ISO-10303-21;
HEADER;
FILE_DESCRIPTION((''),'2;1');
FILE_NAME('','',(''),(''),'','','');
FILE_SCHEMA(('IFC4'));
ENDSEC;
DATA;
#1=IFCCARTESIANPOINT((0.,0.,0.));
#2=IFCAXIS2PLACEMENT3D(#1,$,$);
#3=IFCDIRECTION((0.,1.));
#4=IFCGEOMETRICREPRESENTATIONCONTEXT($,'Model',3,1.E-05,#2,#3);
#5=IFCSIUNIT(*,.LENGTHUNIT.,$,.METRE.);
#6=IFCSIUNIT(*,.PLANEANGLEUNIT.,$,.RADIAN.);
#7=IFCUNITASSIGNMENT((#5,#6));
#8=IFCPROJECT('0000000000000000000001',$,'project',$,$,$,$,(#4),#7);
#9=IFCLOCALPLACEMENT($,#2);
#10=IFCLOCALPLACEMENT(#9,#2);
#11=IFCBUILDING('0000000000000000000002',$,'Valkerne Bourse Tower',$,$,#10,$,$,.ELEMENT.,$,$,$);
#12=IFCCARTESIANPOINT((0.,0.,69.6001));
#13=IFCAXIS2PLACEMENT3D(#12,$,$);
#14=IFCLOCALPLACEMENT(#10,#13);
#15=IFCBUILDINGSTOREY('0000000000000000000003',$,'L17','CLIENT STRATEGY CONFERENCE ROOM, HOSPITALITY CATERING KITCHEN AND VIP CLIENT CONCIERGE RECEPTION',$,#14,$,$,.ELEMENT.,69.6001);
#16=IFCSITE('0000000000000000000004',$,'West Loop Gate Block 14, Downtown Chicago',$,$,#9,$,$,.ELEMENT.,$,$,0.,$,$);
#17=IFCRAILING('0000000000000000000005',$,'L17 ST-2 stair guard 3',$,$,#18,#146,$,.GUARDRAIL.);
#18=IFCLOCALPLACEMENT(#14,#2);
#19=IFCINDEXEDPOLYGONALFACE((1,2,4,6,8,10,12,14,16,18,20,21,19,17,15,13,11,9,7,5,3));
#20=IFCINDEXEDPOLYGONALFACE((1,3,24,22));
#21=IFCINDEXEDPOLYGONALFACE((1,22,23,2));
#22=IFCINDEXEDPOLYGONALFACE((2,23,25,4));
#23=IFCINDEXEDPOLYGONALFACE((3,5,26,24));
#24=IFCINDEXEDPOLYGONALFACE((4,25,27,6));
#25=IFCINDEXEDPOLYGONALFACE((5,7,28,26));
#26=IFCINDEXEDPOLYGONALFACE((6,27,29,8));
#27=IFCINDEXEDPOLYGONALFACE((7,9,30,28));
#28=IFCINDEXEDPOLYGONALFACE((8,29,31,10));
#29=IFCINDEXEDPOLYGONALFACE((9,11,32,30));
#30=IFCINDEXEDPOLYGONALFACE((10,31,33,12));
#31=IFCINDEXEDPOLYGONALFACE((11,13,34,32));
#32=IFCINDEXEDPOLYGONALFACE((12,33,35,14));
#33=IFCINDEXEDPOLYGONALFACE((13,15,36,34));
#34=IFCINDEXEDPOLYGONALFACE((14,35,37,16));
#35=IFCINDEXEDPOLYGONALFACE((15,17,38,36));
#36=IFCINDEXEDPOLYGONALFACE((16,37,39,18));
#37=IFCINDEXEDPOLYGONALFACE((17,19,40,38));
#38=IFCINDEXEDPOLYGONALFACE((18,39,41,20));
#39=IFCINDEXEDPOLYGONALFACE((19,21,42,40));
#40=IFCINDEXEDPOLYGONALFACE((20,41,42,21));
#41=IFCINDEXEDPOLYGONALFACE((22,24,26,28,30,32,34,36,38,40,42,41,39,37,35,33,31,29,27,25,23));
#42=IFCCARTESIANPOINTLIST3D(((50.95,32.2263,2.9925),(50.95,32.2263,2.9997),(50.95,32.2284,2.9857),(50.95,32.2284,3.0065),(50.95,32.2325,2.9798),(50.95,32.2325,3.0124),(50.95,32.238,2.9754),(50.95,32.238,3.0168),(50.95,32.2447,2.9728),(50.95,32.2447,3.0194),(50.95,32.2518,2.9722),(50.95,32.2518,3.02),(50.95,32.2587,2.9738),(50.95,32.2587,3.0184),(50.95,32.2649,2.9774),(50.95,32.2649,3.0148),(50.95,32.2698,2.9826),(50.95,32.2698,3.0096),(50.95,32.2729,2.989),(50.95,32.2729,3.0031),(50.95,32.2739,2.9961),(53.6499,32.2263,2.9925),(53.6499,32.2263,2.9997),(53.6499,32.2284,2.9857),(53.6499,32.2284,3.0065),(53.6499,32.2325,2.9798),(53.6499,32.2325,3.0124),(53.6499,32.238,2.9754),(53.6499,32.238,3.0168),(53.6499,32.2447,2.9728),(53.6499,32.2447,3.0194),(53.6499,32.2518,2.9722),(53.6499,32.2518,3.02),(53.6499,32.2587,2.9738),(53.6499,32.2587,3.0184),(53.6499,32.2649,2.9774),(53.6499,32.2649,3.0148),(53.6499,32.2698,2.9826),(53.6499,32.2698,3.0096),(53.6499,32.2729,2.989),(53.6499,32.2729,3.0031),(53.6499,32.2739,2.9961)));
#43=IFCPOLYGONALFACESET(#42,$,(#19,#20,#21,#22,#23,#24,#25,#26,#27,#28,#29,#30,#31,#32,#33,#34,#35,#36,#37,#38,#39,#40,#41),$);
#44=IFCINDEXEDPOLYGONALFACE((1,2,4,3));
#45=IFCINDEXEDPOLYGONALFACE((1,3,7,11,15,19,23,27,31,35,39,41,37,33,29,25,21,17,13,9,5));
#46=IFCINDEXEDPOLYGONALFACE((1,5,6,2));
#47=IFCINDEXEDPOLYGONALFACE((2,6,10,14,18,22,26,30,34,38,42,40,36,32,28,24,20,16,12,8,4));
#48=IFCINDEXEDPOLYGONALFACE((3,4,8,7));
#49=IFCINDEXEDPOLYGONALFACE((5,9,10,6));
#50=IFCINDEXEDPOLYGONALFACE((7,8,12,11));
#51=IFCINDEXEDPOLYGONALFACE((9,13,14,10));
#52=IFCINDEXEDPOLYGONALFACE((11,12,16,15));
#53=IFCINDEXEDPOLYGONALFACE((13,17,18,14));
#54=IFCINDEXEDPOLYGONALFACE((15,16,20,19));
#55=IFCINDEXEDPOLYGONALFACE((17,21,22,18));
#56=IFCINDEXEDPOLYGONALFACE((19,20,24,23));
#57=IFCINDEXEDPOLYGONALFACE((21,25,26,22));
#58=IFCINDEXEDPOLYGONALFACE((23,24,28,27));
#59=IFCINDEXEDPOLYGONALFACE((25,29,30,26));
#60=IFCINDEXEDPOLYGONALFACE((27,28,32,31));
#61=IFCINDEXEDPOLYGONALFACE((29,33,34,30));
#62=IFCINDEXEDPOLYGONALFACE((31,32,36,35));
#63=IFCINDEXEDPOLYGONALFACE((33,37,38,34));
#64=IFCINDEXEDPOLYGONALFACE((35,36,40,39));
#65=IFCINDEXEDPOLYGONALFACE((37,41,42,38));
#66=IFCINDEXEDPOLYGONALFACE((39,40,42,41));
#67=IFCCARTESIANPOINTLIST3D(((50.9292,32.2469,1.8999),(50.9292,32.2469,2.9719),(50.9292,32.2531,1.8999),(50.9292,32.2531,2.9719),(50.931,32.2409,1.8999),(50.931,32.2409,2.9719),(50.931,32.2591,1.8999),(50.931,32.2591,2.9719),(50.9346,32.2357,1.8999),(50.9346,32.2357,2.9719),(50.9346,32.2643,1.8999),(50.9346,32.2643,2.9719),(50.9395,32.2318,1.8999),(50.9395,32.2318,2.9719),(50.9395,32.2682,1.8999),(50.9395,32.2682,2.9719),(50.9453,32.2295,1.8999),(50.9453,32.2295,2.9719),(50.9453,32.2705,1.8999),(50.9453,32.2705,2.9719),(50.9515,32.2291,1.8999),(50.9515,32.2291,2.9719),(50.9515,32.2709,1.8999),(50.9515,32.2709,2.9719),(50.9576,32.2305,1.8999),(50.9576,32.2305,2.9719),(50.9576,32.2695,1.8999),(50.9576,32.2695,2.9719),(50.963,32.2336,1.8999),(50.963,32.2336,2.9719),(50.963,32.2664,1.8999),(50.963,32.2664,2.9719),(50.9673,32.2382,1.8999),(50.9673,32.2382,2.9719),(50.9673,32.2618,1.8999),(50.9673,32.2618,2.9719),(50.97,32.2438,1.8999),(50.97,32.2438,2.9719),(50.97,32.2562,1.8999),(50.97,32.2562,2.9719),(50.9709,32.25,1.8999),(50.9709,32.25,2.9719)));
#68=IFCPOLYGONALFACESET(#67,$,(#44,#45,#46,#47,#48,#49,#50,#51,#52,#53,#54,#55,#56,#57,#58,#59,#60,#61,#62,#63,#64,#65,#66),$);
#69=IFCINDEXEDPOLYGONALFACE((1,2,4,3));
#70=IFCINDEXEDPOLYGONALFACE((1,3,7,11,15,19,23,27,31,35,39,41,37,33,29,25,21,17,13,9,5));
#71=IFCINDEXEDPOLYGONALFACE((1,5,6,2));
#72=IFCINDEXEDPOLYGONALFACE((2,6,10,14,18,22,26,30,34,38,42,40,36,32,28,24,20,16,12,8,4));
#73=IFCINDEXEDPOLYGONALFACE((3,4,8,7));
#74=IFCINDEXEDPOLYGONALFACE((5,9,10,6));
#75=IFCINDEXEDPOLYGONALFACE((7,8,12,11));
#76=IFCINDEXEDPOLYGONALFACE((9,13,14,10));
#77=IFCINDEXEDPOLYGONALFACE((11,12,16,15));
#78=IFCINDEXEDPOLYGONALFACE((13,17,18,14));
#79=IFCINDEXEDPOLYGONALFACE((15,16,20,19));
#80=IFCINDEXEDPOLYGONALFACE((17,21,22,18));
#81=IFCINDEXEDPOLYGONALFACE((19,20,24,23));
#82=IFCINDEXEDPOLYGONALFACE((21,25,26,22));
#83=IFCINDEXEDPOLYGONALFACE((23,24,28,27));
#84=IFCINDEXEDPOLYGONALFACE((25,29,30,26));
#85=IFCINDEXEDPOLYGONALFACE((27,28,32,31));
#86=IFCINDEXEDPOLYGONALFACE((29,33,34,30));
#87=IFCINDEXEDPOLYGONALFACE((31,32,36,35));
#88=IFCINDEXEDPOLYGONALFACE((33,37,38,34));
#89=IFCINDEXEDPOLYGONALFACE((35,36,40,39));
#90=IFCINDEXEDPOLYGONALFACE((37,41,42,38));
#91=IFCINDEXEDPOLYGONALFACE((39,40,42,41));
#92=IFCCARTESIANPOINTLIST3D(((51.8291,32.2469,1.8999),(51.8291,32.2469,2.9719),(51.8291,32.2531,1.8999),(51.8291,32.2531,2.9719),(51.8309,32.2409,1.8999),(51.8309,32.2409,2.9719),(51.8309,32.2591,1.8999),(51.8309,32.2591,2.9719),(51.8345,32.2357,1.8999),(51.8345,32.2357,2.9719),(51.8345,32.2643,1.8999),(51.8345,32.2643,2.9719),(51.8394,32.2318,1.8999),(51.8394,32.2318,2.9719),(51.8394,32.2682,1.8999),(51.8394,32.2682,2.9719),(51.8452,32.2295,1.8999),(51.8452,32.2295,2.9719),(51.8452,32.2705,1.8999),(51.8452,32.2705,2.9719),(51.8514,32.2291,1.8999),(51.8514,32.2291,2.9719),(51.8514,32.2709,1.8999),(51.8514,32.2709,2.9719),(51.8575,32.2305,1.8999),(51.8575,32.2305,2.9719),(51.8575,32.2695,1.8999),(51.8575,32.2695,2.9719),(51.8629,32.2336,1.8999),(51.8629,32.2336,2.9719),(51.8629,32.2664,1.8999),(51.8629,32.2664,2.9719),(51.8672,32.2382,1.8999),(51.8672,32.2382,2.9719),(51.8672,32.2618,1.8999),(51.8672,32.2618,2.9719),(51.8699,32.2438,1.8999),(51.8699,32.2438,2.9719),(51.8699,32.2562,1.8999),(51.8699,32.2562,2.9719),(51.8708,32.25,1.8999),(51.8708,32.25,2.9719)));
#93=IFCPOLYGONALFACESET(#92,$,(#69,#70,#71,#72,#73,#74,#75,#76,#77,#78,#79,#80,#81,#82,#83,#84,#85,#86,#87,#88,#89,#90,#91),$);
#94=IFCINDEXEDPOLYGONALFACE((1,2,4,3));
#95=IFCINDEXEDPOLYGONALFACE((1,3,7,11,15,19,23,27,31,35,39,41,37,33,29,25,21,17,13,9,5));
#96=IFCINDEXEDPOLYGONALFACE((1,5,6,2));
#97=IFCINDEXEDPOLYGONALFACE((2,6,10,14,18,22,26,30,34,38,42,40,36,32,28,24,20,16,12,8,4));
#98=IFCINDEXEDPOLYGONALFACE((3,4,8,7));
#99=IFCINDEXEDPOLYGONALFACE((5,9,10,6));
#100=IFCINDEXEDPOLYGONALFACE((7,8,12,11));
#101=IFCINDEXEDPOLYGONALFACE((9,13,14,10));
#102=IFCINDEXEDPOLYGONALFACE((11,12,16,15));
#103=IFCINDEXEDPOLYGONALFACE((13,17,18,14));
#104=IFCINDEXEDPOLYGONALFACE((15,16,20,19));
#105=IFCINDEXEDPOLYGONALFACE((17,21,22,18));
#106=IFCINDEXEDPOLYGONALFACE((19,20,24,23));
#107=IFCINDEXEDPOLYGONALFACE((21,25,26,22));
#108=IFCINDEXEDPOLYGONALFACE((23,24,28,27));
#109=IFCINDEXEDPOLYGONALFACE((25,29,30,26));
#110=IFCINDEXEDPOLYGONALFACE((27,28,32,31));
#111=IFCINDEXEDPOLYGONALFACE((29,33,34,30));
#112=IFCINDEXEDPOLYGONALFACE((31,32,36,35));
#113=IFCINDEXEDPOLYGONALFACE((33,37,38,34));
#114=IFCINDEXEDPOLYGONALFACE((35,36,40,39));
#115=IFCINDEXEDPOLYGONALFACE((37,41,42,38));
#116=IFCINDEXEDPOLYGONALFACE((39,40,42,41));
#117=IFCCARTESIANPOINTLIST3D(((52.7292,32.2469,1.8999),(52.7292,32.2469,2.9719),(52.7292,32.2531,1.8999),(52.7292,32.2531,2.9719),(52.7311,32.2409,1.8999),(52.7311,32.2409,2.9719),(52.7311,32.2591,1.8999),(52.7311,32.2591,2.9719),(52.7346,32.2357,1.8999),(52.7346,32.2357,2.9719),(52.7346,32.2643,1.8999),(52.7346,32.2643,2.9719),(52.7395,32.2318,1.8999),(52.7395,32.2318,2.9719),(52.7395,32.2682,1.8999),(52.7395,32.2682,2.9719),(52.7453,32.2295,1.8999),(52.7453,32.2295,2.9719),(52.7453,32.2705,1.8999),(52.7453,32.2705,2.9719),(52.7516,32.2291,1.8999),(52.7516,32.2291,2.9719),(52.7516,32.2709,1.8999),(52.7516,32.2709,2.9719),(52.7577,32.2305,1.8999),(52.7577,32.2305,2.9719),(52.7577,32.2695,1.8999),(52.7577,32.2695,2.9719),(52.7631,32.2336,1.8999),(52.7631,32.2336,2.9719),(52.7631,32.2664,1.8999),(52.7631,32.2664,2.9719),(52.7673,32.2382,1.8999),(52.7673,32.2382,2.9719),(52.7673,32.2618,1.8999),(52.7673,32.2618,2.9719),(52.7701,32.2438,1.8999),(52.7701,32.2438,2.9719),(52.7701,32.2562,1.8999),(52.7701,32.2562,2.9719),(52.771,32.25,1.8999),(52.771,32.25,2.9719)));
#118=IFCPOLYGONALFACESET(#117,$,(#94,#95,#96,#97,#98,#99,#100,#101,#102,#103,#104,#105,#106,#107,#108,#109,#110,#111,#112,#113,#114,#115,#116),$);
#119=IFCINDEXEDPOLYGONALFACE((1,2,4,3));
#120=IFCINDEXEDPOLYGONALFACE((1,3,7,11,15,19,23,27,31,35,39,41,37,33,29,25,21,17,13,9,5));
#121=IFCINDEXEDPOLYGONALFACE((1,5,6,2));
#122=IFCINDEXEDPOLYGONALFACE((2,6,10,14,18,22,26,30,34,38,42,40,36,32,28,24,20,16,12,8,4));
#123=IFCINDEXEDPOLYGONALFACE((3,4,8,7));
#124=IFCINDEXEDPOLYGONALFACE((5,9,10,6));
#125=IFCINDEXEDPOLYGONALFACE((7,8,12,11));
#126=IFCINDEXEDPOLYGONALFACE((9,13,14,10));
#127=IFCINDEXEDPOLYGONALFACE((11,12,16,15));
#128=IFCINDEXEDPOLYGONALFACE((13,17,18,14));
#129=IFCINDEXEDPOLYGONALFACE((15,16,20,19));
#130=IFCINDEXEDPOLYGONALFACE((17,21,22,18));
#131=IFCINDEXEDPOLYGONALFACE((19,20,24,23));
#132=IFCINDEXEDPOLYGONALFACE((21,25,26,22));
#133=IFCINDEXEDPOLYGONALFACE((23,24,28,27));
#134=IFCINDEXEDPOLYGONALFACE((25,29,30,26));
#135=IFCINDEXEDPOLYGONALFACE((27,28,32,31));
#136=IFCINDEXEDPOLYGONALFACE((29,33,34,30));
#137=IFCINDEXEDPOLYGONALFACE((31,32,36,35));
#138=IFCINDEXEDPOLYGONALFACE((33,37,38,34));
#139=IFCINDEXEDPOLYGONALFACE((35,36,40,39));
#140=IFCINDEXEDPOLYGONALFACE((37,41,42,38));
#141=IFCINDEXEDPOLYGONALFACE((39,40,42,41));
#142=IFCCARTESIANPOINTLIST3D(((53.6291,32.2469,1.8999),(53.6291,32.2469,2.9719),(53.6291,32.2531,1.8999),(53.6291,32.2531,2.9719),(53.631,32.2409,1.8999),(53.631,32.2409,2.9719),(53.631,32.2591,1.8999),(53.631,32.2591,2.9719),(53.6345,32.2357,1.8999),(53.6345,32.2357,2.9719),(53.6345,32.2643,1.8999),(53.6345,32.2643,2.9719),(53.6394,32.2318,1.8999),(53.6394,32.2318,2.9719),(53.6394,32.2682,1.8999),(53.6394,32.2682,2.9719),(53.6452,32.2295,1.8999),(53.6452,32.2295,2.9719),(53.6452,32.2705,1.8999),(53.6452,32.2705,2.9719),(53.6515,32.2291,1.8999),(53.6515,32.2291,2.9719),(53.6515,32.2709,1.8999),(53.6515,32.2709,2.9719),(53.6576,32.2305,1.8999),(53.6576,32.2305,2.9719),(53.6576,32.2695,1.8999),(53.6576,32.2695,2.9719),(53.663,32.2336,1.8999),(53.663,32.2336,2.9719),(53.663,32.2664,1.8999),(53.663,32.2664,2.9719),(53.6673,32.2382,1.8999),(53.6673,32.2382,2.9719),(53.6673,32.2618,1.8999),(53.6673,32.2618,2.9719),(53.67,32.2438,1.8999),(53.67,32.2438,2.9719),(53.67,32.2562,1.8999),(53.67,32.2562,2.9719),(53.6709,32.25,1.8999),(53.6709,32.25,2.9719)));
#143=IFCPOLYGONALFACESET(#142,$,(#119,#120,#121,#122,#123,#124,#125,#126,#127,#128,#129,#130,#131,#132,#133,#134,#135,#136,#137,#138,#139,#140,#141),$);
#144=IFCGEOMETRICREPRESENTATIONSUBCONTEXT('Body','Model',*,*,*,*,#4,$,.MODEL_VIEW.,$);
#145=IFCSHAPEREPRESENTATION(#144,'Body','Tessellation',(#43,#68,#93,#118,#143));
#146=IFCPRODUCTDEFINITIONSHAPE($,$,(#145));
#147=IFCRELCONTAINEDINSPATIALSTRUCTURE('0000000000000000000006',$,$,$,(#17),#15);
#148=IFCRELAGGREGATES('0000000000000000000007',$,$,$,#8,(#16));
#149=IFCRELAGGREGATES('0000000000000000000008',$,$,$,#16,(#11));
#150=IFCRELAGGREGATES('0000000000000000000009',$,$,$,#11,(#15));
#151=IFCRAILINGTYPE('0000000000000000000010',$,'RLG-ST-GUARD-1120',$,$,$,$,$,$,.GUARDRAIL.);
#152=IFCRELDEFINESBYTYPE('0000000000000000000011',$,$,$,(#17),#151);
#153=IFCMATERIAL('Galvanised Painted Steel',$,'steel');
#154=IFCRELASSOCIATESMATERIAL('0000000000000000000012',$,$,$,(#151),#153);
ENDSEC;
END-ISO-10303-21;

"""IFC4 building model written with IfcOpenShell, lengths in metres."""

from ifc_helpers import new_model, si_unit, direction, frame, origin, origin_2d, place, context, subcontext, project, spatial, circle, extrude, material, type_object, element, save


model = new_model("IFC4")

# Units and contexts
model_context = context("Model", 3, precision=1e-05, world=origin(), true_north=direction((0.0, 1.0)))
body_context = subcontext(model_context, "Body", "Model", "MODEL_VIEW")
ifc_project = project(units=[si_unit("LENGTHUNIT", "METRE"), si_unit("PLANEANGLEUNIT", "RADIAN")], contexts=[model_context])

# Site, building, storey
site_placement = place(None, origin())
site = spatial("IfcSite", under=ifc_project, at=site_placement, Name="West Loop Gate Block 14, Downtown Chicago", CompositionType="ELEMENT", RefElevation=0.0)
building_placement = place(site_placement, origin())
building = spatial("IfcBuilding", under=site, at=building_placement, Name="Valkerne Bourse Tower", CompositionType="ELEMENT")
storey_placement = place(building_placement, frame((0.0, 0.0, 69.6001)))
storey = spatial("IfcBuildingStorey", under=building, at=storey_placement, Name="L17", Description="CLIENT STRATEGY CONFERENCE ROOM, HOSPITALITY CATERING KITCHEN AND VIP CLIENT CONCIERGE RECEPTION", CompositionType="ELEMENT", Elevation=69.6001)

# Railing
ifc_material_1 = material(Name="Galvanised Painted Steel", Category="steel")
railing_type_1 = type_object("IfcRailingType", Name="RLG-ST-GUARD-1120", PredefinedType="GUARDRAIL", material=ifc_material_1)
for number, where, name in (
    (1, (50.95, 32.25, 1.8999), "L17 ST-2 stair guard 3"),
):
    element("IfcRailing", number, at=place(storey_placement, frame(where)), inside=storey, type_object=railing_type_1, Name=name, PredefinedType="GUARDRAIL", context=body_context, shape_type="SweptSolid", body=[
        extrude(circle(Radius=0.0239, at=origin_2d()), frame((0.0, 0.0, 1.0962), z_axis=(1.0, 0.0, 0.0), x_axis=(0.0, 1.0, 0.0)), (0.0, 0.0, 1.0), 2.7),
        extrude(circle(Radius=0.021, at=origin_2d()), origin(), (0.0, 0.0, 1.0), 1.072),
        extrude(circle(Radius=0.021, at=origin_2d()), frame((0.8999, 0.0, 0.0)), (0.0, 0.0, 1.0), 1.072),
        extrude(circle(Radius=0.021, at=origin_2d()), frame((1.8, 0.0, 0.0)), (0.0, 0.0, 1.0), 1.072),
        extrude(circle(Radius=0.021, at=origin_2d()), frame((2.7, 0.0, 0.0)), (0.0, 0.0, 1.0), 1.072),
    ])

save(model, "model.ifc")
